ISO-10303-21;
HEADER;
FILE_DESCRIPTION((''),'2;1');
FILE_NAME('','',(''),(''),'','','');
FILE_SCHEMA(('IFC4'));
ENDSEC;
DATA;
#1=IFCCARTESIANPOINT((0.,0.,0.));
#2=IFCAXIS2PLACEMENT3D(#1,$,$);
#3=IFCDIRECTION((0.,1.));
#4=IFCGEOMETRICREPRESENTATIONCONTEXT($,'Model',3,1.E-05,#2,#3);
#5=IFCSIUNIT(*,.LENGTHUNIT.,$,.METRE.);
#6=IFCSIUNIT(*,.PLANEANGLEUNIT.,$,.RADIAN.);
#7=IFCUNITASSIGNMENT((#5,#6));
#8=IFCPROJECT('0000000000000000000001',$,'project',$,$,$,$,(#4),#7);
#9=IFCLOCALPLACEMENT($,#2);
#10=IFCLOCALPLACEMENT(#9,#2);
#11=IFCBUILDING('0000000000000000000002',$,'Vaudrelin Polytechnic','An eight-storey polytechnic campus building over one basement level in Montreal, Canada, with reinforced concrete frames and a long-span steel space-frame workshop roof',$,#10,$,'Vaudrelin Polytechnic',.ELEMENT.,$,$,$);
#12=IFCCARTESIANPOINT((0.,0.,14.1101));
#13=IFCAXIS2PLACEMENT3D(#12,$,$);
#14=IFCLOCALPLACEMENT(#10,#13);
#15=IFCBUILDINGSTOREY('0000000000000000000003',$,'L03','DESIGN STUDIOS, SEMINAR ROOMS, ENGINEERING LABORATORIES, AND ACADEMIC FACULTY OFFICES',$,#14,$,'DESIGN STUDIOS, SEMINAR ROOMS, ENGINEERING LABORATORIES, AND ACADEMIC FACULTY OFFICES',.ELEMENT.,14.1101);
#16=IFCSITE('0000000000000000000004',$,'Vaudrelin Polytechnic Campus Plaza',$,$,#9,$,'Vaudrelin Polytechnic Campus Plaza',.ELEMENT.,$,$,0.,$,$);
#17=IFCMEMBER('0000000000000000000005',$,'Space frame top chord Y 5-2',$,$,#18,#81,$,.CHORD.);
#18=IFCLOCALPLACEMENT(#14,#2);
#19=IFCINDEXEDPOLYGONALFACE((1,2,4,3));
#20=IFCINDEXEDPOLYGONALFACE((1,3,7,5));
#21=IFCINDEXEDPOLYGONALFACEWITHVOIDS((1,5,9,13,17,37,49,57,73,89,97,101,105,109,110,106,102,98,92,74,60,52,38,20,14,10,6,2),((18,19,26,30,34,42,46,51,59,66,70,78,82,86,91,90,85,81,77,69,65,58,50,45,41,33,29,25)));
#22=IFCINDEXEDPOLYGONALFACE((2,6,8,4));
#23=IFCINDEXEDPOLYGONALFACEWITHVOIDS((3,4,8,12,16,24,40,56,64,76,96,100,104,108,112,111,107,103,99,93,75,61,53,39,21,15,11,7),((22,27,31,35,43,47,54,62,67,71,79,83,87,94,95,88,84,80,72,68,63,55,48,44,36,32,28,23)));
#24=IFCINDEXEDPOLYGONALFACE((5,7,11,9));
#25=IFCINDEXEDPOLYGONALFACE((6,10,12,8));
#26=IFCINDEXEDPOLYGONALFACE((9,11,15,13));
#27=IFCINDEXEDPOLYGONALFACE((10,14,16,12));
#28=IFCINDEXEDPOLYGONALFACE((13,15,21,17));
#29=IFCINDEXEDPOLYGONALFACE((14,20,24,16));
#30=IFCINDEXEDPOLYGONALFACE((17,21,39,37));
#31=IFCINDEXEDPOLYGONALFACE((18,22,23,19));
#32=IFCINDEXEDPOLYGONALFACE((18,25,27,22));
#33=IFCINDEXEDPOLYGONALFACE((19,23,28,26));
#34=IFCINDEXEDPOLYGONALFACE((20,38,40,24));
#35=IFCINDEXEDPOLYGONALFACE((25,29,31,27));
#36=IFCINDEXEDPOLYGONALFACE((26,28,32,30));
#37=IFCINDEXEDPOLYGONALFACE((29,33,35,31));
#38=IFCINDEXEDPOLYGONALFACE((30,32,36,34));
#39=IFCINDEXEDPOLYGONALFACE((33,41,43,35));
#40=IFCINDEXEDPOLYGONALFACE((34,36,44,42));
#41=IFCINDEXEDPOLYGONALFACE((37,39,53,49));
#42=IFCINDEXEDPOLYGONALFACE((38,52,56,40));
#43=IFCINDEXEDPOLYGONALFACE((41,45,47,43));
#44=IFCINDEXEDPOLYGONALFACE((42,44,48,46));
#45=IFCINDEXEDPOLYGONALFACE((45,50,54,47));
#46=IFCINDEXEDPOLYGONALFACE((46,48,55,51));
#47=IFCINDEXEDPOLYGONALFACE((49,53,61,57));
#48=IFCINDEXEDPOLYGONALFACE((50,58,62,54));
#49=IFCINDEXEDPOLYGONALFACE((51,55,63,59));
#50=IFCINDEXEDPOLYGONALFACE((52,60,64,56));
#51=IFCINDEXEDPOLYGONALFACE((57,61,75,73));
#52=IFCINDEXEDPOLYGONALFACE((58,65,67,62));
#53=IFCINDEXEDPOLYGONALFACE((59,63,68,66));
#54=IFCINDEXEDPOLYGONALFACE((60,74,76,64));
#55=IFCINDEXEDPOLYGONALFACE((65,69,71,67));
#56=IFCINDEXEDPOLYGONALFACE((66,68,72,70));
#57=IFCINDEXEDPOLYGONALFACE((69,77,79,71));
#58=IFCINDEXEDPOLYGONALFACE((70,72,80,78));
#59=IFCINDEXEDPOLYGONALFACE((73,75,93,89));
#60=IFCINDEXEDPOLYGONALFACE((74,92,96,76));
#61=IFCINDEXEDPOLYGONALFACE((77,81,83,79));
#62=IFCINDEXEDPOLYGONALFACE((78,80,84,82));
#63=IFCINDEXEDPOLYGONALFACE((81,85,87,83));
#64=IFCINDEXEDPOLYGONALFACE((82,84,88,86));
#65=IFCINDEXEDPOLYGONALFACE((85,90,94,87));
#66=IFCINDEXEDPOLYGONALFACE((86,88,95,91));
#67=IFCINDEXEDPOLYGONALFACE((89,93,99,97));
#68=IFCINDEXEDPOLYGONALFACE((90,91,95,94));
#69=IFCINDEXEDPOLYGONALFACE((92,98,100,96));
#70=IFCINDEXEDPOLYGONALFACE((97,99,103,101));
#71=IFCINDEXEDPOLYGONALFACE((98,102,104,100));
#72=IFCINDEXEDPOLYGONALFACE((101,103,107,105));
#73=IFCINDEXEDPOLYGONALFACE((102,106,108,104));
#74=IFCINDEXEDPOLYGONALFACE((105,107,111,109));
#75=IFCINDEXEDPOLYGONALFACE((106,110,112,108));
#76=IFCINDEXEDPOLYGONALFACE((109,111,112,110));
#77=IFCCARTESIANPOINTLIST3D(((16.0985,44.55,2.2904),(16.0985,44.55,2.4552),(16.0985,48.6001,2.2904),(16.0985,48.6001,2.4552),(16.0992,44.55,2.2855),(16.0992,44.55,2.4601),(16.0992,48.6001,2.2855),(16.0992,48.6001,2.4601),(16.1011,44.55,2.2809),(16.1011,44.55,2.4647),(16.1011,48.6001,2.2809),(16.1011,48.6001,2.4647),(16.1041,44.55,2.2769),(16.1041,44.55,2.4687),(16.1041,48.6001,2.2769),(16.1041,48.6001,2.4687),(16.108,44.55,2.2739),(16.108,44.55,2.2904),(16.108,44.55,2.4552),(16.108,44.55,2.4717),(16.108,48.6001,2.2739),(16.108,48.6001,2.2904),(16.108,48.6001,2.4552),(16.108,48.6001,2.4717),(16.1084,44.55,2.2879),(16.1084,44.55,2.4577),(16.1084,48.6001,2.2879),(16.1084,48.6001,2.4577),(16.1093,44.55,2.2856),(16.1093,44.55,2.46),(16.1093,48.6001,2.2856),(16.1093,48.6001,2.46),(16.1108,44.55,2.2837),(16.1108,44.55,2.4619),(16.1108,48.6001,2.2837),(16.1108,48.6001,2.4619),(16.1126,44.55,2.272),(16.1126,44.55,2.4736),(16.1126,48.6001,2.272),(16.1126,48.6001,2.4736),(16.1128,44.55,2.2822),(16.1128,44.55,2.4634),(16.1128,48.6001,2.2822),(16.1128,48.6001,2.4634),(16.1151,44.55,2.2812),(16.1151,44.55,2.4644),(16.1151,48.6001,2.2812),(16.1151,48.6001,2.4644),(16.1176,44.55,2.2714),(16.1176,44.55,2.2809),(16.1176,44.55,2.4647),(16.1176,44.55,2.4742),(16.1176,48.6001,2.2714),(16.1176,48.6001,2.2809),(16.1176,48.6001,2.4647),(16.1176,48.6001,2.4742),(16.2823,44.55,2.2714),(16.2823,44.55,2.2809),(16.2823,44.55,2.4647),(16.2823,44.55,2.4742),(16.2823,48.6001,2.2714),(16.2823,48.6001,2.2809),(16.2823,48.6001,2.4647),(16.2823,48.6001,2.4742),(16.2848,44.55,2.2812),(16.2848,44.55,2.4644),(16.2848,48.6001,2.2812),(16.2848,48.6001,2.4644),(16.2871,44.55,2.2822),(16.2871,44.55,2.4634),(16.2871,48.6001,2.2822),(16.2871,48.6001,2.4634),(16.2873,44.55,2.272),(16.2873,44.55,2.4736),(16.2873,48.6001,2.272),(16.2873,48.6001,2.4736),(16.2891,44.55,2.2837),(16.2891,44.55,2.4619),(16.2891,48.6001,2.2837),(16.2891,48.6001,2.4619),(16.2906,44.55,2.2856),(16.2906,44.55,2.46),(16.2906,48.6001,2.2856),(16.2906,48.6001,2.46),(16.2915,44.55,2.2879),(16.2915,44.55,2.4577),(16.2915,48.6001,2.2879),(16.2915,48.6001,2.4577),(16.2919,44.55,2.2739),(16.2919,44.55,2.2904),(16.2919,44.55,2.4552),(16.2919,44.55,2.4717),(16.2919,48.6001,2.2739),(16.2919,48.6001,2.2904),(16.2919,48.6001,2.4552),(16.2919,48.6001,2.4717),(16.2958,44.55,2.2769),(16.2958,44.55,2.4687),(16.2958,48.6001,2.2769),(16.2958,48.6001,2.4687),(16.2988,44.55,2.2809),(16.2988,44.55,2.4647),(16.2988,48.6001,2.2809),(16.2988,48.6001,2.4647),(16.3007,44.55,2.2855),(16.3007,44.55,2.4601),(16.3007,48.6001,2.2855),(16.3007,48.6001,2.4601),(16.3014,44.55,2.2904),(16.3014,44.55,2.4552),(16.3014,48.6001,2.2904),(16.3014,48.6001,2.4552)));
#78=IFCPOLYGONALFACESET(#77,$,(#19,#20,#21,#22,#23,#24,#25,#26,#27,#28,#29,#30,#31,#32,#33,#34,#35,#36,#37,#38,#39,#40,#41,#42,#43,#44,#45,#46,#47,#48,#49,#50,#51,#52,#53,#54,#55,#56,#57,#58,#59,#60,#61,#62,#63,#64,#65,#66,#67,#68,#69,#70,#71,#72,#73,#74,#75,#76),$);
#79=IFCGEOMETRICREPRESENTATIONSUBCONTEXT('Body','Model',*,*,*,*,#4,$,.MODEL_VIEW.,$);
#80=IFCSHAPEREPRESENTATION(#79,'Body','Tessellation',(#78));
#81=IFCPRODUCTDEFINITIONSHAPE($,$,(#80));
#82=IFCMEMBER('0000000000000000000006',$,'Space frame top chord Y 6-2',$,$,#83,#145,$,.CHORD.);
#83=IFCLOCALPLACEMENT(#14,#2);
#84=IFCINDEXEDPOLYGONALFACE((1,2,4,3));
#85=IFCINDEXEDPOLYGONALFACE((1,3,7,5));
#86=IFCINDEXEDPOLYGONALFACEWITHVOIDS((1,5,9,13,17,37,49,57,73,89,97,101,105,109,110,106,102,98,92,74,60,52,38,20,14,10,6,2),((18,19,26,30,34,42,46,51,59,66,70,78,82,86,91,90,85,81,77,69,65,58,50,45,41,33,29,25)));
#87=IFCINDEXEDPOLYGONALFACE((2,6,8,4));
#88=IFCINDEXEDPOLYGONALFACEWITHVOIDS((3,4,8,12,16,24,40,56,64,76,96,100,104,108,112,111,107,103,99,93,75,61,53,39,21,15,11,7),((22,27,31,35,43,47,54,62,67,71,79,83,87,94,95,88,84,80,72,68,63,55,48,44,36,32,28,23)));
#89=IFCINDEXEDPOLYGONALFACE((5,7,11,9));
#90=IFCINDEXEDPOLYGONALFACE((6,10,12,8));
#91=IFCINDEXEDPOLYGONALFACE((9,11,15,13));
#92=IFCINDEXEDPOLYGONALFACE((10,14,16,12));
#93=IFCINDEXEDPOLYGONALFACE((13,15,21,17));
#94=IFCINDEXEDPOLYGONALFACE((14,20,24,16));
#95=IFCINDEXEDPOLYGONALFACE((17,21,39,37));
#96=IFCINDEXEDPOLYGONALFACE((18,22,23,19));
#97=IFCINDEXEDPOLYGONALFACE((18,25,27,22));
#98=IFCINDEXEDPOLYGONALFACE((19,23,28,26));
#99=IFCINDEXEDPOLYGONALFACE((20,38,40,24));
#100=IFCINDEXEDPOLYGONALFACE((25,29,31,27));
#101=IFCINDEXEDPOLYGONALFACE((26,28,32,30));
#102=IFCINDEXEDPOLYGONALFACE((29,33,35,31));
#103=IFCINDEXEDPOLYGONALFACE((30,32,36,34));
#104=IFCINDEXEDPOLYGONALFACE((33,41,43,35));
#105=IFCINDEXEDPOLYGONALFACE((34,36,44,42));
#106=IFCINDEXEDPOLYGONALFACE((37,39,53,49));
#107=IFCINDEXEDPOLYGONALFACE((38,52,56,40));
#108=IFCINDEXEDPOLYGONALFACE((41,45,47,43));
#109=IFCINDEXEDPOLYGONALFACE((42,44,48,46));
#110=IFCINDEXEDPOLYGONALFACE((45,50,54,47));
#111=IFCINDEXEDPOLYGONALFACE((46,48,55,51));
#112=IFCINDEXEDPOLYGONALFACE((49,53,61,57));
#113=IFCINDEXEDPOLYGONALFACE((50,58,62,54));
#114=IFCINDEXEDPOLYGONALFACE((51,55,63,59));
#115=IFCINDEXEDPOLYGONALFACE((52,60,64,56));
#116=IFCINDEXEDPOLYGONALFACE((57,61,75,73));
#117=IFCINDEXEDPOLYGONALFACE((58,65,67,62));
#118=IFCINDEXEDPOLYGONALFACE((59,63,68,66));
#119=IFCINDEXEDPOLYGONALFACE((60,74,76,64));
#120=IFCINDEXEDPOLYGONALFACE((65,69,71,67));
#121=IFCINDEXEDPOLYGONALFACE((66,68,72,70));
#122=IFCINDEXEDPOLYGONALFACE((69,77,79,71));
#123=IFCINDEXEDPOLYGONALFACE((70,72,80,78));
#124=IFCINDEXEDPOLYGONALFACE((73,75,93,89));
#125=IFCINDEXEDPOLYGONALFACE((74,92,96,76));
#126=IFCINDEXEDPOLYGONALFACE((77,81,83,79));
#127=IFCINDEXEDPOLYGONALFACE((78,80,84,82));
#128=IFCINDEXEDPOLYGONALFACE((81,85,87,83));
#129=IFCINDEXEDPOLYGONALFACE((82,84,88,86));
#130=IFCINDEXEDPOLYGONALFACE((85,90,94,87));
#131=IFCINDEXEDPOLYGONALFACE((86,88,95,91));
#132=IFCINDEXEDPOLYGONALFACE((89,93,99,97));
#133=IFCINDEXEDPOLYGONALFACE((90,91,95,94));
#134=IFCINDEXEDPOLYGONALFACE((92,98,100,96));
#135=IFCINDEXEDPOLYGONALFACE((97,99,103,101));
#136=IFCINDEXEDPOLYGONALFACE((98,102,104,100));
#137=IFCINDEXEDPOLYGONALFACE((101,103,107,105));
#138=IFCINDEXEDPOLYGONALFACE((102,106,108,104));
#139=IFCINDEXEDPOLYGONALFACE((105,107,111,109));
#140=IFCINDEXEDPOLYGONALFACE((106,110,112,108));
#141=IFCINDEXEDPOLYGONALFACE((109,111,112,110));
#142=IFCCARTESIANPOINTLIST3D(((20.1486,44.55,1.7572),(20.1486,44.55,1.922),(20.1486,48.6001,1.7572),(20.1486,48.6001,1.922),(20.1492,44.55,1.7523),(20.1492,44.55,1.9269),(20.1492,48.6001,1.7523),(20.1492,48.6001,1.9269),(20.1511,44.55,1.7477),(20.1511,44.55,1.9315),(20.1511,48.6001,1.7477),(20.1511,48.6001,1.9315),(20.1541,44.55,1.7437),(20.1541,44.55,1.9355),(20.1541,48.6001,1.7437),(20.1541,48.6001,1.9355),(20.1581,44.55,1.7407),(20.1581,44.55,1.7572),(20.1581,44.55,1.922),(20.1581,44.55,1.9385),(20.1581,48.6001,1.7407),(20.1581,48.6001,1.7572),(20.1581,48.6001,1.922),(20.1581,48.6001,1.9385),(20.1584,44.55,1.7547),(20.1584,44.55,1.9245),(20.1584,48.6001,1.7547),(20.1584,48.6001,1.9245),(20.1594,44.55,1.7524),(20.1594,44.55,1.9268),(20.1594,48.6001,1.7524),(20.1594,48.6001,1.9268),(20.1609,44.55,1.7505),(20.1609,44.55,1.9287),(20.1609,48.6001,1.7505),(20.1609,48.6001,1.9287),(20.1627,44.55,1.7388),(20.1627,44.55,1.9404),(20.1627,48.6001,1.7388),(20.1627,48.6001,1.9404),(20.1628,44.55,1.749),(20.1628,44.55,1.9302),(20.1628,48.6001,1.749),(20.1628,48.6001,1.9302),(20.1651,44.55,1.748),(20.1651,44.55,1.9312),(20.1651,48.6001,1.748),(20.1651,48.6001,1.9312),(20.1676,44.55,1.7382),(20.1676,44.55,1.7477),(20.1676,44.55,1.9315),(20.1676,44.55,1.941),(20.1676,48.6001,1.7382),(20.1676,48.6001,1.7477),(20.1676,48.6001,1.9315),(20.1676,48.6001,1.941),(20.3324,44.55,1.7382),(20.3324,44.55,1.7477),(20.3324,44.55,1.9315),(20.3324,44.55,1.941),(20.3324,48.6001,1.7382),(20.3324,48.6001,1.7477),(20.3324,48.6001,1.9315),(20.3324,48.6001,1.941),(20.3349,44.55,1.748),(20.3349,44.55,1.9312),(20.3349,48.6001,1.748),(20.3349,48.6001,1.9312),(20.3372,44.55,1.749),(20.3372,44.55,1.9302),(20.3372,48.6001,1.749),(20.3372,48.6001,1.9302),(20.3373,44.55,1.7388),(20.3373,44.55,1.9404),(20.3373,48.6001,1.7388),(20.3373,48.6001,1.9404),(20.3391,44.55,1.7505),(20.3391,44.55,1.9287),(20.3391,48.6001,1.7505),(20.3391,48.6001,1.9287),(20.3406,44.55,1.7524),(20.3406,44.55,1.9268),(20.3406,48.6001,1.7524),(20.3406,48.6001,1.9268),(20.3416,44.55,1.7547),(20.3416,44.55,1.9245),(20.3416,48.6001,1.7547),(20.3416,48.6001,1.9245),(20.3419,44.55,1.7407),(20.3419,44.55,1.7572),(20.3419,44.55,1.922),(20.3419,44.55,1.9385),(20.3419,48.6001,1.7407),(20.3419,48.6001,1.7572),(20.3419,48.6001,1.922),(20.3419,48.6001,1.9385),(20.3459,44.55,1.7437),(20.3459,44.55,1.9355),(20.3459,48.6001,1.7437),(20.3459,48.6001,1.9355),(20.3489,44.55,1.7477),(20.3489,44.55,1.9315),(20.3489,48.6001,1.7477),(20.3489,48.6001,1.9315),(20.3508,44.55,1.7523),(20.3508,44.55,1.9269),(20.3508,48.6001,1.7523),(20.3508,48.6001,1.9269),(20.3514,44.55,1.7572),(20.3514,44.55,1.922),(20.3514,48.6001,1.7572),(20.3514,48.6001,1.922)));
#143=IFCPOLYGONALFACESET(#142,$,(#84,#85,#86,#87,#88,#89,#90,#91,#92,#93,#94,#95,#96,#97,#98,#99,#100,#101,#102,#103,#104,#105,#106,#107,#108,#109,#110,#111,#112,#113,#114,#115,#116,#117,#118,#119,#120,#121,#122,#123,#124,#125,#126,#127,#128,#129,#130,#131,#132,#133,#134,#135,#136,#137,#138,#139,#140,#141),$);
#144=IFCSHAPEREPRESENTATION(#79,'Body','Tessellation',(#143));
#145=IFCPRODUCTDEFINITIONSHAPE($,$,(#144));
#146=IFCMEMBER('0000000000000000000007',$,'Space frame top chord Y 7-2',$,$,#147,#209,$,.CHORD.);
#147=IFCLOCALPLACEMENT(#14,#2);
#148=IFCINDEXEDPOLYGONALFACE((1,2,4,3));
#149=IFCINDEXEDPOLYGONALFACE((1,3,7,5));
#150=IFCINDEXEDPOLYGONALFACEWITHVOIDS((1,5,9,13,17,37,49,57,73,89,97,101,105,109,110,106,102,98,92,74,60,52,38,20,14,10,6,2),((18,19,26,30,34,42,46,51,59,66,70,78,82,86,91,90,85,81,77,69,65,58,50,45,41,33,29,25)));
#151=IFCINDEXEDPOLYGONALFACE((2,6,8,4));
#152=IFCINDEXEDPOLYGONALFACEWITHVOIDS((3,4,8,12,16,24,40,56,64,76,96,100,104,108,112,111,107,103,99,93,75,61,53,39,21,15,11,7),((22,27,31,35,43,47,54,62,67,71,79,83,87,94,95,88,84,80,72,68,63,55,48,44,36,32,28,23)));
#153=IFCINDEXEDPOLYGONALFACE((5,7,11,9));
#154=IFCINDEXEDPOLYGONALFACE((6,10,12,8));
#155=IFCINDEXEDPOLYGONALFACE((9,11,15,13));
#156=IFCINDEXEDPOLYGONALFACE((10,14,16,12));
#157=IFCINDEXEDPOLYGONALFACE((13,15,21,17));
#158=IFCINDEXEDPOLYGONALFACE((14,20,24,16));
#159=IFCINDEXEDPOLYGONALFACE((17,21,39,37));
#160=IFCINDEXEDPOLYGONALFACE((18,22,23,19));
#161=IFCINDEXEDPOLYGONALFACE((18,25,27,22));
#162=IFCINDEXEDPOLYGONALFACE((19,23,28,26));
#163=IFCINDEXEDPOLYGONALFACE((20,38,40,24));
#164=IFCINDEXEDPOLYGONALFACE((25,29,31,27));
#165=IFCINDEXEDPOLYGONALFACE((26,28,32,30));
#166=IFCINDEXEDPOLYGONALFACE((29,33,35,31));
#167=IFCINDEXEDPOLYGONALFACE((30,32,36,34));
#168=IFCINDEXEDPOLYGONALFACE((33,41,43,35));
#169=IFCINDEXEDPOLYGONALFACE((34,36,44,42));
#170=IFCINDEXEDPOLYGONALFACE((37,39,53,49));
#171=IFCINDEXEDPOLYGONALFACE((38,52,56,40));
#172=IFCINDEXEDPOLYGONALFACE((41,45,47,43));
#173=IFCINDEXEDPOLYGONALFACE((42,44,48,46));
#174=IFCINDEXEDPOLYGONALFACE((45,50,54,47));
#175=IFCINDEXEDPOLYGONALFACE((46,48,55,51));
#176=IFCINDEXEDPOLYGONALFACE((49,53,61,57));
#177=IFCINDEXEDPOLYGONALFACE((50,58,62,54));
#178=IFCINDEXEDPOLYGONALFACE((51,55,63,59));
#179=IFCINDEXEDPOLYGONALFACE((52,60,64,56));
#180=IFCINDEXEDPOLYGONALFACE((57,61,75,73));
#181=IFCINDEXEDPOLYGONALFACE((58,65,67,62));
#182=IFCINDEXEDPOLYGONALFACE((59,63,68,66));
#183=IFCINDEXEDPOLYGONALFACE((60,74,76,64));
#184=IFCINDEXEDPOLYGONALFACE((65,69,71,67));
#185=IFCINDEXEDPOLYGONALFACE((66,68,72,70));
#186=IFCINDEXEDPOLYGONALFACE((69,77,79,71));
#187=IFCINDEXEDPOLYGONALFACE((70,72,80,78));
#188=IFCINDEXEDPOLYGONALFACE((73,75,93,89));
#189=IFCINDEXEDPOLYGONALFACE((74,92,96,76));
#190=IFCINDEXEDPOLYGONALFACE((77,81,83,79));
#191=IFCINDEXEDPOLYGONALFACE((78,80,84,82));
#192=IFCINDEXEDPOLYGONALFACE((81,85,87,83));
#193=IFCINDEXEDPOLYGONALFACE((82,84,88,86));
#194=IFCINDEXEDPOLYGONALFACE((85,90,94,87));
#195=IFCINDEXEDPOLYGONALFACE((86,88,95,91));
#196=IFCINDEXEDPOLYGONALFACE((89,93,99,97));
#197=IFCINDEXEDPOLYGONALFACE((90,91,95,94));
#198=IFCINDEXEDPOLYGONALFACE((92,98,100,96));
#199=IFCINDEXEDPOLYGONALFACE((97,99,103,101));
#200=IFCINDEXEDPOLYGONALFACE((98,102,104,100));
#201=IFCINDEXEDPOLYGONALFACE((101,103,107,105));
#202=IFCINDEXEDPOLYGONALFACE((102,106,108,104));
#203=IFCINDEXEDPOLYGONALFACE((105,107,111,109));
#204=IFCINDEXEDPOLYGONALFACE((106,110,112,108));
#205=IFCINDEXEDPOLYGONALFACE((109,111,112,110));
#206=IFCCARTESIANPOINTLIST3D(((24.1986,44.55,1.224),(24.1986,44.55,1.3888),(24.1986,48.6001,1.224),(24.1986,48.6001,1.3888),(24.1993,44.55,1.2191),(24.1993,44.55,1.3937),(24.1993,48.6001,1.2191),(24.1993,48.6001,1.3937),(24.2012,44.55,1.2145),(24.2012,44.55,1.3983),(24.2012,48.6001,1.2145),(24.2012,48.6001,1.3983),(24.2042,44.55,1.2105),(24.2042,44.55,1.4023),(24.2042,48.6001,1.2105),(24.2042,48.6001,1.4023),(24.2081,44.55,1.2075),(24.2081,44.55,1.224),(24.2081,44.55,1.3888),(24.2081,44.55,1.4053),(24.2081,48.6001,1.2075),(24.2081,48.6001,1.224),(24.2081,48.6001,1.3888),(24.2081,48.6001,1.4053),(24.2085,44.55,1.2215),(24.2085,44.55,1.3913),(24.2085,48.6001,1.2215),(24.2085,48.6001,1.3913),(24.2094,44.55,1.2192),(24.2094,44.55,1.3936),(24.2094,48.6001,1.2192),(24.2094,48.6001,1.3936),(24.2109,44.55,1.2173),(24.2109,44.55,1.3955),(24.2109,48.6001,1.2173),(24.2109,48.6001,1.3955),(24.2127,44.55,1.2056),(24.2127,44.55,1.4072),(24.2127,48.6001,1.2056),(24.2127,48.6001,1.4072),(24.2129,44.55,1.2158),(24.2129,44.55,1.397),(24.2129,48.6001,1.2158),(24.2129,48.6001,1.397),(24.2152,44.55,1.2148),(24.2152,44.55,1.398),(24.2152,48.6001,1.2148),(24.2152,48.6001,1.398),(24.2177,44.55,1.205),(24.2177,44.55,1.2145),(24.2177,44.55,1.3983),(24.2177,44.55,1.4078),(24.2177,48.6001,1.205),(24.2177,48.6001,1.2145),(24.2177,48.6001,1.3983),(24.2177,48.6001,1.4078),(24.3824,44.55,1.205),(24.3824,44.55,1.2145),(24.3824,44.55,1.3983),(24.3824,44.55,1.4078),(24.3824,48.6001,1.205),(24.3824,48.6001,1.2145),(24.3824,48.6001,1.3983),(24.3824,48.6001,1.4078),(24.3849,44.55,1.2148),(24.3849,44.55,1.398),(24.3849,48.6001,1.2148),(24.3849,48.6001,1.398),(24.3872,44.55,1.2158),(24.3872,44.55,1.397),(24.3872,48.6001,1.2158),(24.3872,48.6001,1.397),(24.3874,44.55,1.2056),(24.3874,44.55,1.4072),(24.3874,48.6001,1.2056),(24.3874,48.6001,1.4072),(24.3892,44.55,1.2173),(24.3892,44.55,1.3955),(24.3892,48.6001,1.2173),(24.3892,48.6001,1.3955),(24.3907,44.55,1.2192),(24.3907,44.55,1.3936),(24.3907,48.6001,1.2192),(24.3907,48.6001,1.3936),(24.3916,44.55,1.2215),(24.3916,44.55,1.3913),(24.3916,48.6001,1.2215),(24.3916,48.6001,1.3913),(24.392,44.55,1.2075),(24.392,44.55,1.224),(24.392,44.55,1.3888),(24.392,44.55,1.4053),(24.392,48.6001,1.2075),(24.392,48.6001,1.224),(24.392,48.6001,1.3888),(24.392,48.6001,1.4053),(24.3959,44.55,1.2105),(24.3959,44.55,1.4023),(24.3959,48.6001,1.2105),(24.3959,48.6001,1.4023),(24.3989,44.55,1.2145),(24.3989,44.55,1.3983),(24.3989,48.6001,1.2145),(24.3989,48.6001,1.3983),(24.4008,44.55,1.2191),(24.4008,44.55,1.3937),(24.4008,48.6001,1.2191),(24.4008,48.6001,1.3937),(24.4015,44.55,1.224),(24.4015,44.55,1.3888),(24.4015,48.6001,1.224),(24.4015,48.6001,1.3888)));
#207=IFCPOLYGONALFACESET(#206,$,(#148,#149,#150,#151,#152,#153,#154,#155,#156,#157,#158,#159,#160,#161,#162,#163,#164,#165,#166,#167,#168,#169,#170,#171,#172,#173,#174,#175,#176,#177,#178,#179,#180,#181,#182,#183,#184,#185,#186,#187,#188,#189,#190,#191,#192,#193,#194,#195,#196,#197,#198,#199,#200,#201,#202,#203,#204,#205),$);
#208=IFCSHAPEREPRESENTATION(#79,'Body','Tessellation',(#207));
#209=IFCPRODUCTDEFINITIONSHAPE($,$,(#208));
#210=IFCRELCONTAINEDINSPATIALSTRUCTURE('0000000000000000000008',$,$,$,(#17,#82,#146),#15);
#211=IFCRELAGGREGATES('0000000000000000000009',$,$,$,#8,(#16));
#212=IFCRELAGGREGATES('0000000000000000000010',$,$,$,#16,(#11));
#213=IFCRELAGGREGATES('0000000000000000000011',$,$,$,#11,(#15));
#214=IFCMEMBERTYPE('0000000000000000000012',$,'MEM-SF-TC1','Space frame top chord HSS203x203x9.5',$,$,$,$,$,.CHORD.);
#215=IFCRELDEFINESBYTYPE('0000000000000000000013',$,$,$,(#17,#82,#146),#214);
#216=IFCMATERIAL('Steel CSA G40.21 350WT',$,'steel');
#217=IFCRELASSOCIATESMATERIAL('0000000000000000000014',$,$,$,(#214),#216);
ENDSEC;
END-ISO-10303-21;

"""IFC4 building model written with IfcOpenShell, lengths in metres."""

from ifc_helpers import new_model, si_unit, direction, frame, origin, origin_2d, place, context, subcontext, project, spatial, hollow_rectangle, extrude, material, material_profile, profile_set, type_object, element, save


model = new_model("IFC4")

# Units and contexts
model_context = context("Model", 3, precision=1e-05, world=origin(), true_north=direction((0.0, 1.0)))
body_context = subcontext(model_context, "Body", "Model", "MODEL_VIEW")
ifc_project = project(units=[si_unit("LENGTHUNIT", "METRE"), si_unit("PLANEANGLEUNIT", "RADIAN")], contexts=[model_context])

# Site, building, storey
site_placement = place(None, origin())
site = spatial("IfcSite", under=ifc_project, at=site_placement, Name="Vaudrelin Polytechnic Campus Plaza", LongName="Vaudrelin Polytechnic Campus Plaza", CompositionType="ELEMENT", RefElevation=0.0)
building_placement = place(site_placement, origin())
building = spatial("IfcBuilding", under=site, at=building_placement, Name="Vaudrelin Polytechnic", Description="An eight-storey polytechnic campus building over one basement level in Montreal, Canada, with reinforced concrete frames and a long-span steel space-frame workshop roof", LongName="Vaudrelin Polytechnic", CompositionType="ELEMENT")
storey_placement = place(building_placement, frame((0.0, 0.0, 14.1101)))
storey = spatial("IfcBuildingStorey", under=building, at=storey_placement, Name="L03", Description="DESIGN STUDIOS, SEMINAR ROOMS, ENGINEERING LABORATORIES, AND ACADEMIC FACULTY OFFICES", LongName="DESIGN STUDIOS, SEMINAR ROOMS, ENGINEERING LABORATORIES, AND ACADEMIC FACULTY OFFICES", CompositionType="ELEMENT", Elevation=14.1101)

# Members
ifc_material = material(Name="Steel CSA G40.21 350WT", Category="steel")
ifc_material_profile_1 = material_profile(ifc_material, hollow_rectangle(XDim=0.2029, YDim=0.2029, WallThickness=0.0095, InnerFilletRadius=0.0095, OuterFilletRadius=0.019, at=origin_2d()), Name="HSS203x203x9.5")
ifc_profile_set_1 = profile_set([ifc_material_profile_1], Name="Steel CSA G40.21 350WT")
member_type_1 = type_object("IfcMemberType", Name="MEM-SF-TC1", Description="Space frame top chord HSS203x203x9.5", PredefinedType="CHORD", material=ifc_profile_set_1)
for number, where, z_axis, x_axis, name in (
    (1, (16.2, 44.55, 2.3728), (0.0, 1.0, 0.0), (-1.0, 0.0, 0.0), "Space frame top chord Y 5-2"),
    (2, (20.25, 44.55, 1.8396), (0.0, 1.0, 0.0), (-1.0, 0.0, 0.0), "Space frame top chord Y 6-2"),
    (3, (24.3, 44.55, 1.3064), (0.0, 1.0, 0.0), (-1.0, 0.0, 0.0), "Space frame top chord Y 7-2"),
):
    element("IfcMember", number, at=place(storey_placement, frame(where, z_axis=z_axis, x_axis=x_axis)), inside=storey, type_object=member_type_1, Name=name, PredefinedType="CHORD", context=body_context, shape_type="SweptSolid", body=[
        extrude(hollow_rectangle(XDim=0.2029, YDim=0.2029, WallThickness=0.0095, InnerFilletRadius=0.0095, OuterFilletRadius=0.019, at=origin_2d()), origin(), (0.0, 0.0, 1.0), 4.05),
    ])

save(model, "model.ifc")
